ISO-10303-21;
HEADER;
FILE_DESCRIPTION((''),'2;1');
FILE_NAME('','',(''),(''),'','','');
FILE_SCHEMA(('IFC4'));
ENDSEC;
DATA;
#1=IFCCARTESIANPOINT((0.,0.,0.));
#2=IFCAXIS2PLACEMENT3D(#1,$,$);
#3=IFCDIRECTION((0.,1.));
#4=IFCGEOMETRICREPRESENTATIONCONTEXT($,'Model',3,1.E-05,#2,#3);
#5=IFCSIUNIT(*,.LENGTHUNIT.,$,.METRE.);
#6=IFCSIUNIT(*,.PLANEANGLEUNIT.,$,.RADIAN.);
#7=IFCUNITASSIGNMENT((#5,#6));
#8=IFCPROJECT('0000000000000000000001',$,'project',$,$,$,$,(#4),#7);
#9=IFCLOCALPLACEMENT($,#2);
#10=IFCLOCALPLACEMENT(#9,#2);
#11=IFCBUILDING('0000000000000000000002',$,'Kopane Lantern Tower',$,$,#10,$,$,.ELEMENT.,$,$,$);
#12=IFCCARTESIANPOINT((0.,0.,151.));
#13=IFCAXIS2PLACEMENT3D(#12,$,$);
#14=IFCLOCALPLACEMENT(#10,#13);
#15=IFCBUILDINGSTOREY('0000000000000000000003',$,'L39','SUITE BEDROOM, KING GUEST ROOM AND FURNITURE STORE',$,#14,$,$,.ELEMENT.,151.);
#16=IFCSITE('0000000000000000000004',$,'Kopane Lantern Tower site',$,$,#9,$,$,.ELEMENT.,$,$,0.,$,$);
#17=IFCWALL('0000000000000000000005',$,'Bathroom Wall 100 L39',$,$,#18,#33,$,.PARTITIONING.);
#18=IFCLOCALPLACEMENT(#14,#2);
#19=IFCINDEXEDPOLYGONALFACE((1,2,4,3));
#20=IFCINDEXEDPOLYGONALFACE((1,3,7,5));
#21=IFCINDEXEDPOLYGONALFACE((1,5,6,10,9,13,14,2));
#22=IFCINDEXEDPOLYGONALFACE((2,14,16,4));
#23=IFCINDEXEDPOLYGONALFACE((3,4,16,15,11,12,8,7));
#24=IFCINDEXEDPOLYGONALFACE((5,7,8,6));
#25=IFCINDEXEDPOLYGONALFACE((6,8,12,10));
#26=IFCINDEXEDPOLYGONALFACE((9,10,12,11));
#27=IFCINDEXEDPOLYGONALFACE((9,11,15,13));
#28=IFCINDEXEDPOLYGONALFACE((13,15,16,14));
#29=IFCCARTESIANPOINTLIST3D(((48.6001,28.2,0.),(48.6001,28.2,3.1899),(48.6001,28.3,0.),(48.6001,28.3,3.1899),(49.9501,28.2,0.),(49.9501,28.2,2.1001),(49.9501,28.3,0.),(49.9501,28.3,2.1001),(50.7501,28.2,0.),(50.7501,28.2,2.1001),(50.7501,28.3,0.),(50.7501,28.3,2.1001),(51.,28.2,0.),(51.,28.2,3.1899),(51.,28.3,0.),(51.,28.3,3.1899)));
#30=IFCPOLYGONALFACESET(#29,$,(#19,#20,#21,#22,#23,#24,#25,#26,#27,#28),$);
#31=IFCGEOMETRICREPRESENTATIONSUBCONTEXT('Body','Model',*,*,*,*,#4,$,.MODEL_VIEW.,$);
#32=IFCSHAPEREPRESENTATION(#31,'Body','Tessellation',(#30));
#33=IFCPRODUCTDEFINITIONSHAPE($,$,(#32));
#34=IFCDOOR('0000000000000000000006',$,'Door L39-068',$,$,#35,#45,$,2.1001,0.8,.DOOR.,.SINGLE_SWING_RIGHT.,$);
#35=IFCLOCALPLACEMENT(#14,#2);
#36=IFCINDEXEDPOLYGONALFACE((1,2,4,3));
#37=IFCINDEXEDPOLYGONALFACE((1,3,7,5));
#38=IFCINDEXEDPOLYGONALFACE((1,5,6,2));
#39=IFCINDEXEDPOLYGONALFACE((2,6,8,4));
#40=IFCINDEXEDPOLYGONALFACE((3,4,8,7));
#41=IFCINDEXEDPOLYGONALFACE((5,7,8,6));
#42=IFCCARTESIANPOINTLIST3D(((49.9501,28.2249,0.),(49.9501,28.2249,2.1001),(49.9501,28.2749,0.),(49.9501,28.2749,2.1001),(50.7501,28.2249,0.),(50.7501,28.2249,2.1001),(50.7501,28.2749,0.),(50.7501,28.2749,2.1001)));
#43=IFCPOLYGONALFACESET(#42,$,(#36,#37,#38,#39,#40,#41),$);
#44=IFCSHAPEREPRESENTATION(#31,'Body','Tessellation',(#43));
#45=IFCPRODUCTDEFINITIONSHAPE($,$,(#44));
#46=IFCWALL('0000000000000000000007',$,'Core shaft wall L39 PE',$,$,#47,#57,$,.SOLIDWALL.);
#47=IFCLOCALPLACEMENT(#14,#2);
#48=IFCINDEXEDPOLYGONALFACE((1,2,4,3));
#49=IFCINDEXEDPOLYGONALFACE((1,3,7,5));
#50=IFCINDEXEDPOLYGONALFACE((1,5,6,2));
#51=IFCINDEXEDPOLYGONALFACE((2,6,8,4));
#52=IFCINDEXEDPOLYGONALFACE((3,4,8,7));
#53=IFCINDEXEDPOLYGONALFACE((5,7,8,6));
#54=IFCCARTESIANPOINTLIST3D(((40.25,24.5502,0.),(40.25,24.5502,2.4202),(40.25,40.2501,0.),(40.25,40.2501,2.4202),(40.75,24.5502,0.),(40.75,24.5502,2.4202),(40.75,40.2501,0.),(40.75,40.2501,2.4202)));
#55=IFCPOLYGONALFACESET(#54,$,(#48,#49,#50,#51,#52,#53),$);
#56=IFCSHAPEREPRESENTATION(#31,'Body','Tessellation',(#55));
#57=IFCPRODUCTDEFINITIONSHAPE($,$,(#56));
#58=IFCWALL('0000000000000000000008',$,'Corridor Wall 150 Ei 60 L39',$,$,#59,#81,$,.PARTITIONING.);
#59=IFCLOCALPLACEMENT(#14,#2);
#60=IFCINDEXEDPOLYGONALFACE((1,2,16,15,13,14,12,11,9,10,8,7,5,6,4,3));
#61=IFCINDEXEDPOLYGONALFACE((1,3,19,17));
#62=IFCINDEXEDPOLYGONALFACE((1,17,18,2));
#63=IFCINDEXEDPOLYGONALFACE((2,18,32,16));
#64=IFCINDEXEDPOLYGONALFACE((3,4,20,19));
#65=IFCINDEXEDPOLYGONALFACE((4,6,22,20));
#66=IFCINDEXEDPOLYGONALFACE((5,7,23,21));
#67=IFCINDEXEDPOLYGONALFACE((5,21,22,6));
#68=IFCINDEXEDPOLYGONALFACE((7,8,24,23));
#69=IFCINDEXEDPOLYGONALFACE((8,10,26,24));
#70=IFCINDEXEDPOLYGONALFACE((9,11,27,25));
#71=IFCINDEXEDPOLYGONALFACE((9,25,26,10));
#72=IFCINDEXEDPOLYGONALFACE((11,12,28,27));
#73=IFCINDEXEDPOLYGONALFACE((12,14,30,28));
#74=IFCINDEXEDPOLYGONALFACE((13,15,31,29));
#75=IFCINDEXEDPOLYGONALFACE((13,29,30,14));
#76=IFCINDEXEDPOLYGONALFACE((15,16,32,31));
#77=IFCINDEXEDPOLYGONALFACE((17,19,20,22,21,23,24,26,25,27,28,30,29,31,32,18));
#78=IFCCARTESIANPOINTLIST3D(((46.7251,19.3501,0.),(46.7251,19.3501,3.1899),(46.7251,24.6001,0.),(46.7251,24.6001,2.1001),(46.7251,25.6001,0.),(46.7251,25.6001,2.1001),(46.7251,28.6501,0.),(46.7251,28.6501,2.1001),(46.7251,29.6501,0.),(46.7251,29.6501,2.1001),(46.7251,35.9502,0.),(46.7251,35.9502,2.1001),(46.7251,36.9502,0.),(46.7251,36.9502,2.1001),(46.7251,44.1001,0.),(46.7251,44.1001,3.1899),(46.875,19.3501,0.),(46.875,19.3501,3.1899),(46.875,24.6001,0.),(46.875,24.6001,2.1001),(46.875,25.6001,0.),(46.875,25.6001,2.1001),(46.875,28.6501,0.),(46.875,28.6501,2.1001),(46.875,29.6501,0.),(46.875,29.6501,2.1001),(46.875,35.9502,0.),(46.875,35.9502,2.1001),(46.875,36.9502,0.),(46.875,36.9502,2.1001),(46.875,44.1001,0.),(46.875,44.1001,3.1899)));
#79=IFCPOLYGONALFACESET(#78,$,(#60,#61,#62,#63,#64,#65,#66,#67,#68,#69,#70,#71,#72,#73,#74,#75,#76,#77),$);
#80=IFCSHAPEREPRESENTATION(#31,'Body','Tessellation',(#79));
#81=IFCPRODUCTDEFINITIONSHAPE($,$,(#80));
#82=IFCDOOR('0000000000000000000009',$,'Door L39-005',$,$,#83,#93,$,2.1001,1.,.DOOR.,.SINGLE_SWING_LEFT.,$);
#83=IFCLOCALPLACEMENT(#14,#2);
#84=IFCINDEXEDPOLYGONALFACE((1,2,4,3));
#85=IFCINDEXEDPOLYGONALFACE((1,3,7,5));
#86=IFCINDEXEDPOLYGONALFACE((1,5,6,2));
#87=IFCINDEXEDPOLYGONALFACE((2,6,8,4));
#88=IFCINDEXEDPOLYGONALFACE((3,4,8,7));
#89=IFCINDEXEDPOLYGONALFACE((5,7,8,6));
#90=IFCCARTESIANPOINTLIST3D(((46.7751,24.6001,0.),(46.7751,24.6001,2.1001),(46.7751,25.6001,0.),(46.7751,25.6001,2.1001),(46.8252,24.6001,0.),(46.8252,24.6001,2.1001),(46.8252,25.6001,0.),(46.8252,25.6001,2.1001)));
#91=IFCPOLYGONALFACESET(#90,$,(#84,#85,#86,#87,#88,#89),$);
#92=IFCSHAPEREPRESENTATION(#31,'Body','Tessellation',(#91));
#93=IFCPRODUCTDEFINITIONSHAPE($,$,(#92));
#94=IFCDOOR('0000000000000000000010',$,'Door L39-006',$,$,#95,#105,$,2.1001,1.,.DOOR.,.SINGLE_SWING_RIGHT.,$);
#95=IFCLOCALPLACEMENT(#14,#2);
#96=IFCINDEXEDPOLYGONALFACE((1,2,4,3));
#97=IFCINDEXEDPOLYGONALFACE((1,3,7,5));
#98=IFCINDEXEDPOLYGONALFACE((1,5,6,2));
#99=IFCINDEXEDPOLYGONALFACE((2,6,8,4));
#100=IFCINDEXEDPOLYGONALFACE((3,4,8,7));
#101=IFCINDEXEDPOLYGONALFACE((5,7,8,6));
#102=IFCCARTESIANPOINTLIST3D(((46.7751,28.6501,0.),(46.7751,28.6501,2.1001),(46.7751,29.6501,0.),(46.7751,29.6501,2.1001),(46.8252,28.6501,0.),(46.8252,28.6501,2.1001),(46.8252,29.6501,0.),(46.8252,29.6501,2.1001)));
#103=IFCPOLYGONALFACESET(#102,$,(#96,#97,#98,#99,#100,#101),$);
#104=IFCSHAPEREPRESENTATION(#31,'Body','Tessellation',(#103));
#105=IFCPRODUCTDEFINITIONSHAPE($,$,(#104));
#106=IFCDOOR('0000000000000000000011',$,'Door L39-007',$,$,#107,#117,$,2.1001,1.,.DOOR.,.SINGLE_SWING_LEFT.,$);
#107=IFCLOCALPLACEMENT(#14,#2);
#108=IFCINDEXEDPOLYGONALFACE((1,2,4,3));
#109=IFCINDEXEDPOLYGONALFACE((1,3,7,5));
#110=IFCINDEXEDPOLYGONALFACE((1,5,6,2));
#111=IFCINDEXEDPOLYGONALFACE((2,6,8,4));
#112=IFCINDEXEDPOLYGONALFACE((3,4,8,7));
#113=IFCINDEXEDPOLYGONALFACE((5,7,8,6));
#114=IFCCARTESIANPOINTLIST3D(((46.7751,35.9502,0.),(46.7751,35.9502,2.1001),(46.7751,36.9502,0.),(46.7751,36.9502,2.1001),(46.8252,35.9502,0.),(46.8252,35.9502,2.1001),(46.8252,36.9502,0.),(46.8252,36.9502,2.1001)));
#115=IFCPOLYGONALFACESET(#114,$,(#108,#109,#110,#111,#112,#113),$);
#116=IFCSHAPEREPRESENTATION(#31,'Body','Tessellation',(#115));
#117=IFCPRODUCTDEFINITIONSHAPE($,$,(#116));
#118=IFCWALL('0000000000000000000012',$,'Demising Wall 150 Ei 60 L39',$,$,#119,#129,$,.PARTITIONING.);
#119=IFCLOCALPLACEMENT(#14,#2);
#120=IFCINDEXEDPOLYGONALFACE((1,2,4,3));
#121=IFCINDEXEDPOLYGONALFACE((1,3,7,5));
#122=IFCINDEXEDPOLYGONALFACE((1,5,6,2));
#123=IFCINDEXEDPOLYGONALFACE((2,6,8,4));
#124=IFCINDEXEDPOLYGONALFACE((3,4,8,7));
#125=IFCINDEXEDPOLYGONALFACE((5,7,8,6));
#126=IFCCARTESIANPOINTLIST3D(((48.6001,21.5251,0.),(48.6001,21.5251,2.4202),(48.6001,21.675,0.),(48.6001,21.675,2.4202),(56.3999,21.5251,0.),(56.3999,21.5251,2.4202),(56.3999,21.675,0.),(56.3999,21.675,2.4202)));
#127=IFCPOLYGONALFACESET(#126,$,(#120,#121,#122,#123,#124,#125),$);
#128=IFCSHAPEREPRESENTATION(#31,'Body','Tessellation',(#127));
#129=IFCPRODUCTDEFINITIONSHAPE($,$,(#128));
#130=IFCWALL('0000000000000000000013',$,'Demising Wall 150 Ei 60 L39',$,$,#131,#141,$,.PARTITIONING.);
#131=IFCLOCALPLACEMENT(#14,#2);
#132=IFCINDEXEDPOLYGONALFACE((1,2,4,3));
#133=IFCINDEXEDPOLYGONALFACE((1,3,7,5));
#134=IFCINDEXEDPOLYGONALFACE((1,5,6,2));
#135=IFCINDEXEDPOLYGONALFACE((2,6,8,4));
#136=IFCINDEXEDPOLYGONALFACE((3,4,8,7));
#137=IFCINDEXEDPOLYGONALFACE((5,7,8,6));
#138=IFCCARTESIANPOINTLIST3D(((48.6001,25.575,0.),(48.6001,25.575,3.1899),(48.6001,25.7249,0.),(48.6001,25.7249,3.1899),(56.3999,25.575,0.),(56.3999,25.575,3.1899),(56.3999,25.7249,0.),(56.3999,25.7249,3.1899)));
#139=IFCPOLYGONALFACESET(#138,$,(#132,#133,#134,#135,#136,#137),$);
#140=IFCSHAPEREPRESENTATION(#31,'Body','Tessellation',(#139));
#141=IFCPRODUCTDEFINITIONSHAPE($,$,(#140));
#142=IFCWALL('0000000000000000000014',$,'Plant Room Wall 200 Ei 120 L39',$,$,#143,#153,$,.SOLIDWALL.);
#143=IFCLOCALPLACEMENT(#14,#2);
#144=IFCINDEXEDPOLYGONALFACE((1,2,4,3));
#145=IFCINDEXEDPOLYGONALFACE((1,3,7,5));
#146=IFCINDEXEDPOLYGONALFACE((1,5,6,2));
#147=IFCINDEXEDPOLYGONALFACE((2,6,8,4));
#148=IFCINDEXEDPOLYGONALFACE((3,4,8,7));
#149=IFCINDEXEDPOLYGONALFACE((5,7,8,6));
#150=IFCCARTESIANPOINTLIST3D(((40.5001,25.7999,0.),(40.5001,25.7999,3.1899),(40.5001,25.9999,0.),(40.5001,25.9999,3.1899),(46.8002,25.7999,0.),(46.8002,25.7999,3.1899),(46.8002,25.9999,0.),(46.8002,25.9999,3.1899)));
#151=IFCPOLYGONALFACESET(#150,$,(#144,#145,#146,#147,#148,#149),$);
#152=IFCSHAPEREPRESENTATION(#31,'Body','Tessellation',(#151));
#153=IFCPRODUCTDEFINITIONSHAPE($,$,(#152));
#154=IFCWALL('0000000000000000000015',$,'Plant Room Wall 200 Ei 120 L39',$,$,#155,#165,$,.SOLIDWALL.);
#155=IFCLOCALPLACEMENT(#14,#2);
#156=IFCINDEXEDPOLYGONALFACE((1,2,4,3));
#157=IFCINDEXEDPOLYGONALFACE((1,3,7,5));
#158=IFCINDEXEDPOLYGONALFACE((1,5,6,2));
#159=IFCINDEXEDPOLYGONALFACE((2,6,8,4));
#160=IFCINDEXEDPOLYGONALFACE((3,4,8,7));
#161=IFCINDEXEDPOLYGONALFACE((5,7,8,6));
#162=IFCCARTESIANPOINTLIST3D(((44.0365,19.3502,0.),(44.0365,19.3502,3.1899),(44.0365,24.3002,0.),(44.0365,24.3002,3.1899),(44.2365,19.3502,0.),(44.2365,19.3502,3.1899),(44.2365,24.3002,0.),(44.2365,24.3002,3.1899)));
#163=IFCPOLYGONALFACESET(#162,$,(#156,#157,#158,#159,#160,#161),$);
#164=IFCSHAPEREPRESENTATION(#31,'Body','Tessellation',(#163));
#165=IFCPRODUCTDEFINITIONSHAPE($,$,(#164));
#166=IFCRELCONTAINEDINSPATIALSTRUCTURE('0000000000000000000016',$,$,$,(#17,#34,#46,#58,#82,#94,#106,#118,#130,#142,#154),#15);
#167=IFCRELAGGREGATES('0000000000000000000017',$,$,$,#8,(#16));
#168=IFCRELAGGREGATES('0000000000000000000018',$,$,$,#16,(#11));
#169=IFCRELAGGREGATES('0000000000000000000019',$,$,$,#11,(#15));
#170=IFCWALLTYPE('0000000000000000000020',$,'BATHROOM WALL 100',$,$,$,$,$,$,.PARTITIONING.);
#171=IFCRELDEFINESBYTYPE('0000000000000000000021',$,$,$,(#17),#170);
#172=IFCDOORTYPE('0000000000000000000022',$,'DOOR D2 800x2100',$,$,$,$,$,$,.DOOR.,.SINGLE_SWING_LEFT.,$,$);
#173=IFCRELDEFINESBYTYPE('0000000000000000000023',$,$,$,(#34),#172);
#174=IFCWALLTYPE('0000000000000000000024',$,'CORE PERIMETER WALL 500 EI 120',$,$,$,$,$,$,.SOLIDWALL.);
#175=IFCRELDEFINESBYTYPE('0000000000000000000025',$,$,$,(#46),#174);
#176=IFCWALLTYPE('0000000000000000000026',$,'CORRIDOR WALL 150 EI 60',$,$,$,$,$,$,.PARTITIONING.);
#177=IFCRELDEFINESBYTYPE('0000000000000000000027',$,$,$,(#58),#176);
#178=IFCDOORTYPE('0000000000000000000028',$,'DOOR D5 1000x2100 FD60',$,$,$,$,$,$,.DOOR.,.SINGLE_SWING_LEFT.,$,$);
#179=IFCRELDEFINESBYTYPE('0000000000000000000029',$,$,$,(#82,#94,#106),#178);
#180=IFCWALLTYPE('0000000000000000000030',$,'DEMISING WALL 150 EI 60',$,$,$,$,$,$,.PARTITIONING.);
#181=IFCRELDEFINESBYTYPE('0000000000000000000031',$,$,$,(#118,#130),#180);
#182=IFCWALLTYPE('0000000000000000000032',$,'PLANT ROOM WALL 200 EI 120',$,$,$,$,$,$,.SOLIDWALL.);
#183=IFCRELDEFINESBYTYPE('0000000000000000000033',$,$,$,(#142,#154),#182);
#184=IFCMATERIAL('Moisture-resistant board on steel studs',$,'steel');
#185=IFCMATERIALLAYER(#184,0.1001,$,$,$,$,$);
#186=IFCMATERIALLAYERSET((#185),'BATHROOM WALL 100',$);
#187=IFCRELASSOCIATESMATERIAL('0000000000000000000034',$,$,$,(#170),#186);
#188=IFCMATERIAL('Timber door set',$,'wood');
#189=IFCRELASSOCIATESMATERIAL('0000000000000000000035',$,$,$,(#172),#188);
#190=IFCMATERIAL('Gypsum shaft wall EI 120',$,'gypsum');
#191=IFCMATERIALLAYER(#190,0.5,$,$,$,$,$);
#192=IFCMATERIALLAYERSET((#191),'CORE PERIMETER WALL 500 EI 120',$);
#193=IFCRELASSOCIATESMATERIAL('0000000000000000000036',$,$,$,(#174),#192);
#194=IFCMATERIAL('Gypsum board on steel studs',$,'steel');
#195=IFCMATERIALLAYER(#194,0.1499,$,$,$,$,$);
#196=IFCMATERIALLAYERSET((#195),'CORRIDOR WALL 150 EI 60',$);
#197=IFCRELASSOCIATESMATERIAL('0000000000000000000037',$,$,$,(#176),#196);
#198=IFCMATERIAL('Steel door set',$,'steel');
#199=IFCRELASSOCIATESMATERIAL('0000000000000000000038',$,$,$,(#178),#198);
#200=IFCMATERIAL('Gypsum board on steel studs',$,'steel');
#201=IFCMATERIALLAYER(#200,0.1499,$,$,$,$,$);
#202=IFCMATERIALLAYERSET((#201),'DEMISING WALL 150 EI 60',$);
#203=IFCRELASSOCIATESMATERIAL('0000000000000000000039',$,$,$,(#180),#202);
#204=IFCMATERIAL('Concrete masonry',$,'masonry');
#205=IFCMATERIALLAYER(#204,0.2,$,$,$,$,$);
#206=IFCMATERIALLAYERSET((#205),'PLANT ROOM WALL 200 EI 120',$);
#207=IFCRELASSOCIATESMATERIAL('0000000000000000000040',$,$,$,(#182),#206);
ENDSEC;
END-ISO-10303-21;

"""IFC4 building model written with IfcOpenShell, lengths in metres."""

from ifc_helpers import new_model, si_unit, direction, frame, frame_2d, origin, place, context, subcontext, project, spatial, rectangle, extrude, material, layer, layer_set, type_object, element, fill, save


model = new_model("IFC4")

# Units and contexts
model_context = context("Model", 3, precision=1e-05, world=origin(), true_north=direction((0.0, 1.0)))
body_context = subcontext(model_context, "Body", "Model", "MODEL_VIEW")
ifc_project = project(units=[si_unit("LENGTHUNIT", "METRE"), si_unit("PLANEANGLEUNIT", "RADIAN")], contexts=[model_context])

# Site, building, storey
site_placement = place(None, origin())
site = spatial("IfcSite", under=ifc_project, at=site_placement, Name="Kopane Lantern Tower site", CompositionType="ELEMENT", RefElevation=0.0)
building_placement = place(site_placement, origin())
building = spatial("IfcBuilding", under=site, at=building_placement, Name="Kopane Lantern Tower", CompositionType="ELEMENT")
storey_placement = place(building_placement, frame((0.0, 0.0, 151.0)))
storey = spatial("IfcBuildingStorey", under=building, at=storey_placement, Name="L39", Description="SUITE BEDROOM, KING GUEST ROOM AND FURNITURE STORE", CompositionType="ELEMENT", Elevation=151.0)

# Shared definitions
ifc_material_1 = material(Name="Moisture-resistant board on steel studs", Category="steel")
ifc_layer_1 = layer(ifc_material_1, 0.1001)
ifc_layer_set_1 = layer_set([ifc_layer_1], Name="BATHROOM WALL 100")
wall_type_1 = type_object("IfcWallType", Name="BATHROOM WALL 100", PredefinedType="PARTITIONING", material=ifc_layer_set_1)

# Shared definitions
ifc_material_2 = material(Name="Timber door set", Category="wood")
door_type_1 = type_object("IfcDoorType", Name="DOOR D2 800x2100", OperationType="SINGLE_SWING_LEFT", PredefinedType="DOOR", material=ifc_material_2)

# Wall, opening, door
wall_1_placement = place(storey_placement, frame((48.6001, 28.25, 0.0), z_axis=(0.0, 0.0, 1.0), x_axis=(1.0, 0.0, 0.0)))
wall_1 = element("IfcWall", 1, at=wall_1_placement, inside=storey, type_object=wall_type_1, Name="Bathroom Wall 100 L39", PredefinedType="PARTITIONING", context=body_context, shape_type="SweptSolid", body=[
    extrude(rectangle(XDim=2.3999, YDim=0.1001, at=frame_2d((1.2, 0.0))), origin(), (0.0, 0.0, 1.0), 3.1899),
])
opening_1_placement = place(wall_1_placement, frame((1.3501, 0.0, 0.0)))
opening_1 = element("IfcOpeningElement", 2, at=opening_1_placement, cuts=wall_1, PredefinedType="OPENING", context=body_context, shape_type="SweptSolid", body=[
    extrude(rectangle(XDim=0.8, YDim=2.1001, at=frame_2d((0.3999, 1.05))), frame((0.0, 0.0601, 0.0), z_axis=(0.0, -1.0, 0.0), x_axis=(1.0, 0.0, 0.0)), (0.0, 0.0, 1.0), 0.1201),
])
door_1_placement = place(opening_1_placement, origin())
door_1 = element("IfcDoor", 3, at=door_1_placement, inside=storey, type_object=door_type_1, Name="Door L39-068", OperationType="SINGLE_SWING_RIGHT", OverallHeight=2.1001, OverallWidth=0.8, PredefinedType="DOOR", context=body_context, shape_type="SweptSolid", body=[
    extrude(rectangle(XDim=0.8, YDim=2.1001, at=frame_2d((0.3999, 1.05))), frame((0.0, 0.0249, 0.0), z_axis=(0.0, -1.0, 0.0), x_axis=(1.0, 0.0, 0.0)), (0.0, 0.0, 1.0), 0.05),
])
fill(opening_1, door_1)

# Wall
ifc_material_3 = material(Name="Gypsum shaft wall EI 120", Category="gypsum")
ifc_layer_2 = layer(ifc_material_3, 0.5)
ifc_layer_set_2 = layer_set([ifc_layer_2], Name="CORE PERIMETER WALL 500 EI 120")
wall_type_2 = type_object("IfcWallType", Name="CORE PERIMETER WALL 500 EI 120", PredefinedType="SOLIDWALL", material=ifc_layer_set_2)
wall_2_placement = place(storey_placement, frame((40.5, 24.55, 0.0), z_axis=(0.0, 0.0, 1.0), x_axis=(0.0, 1.0, 0.0)))
element("IfcWall", 4, at=wall_2_placement, inside=storey, type_object=wall_type_2, Name="Core shaft wall L39 PE", PredefinedType="SOLIDWALL", context=body_context, shape_type="SweptSolid", body=[
    extrude(rectangle(XDim=15.7, YDim=0.5, at=frame_2d((7.8501, 0.0))), origin(), (0.0, 0.0, 1.0), 2.4202),
])

# Wall, openings, doors
ifc_material_4 = material(Name="Gypsum board on steel studs", Category="steel")
ifc_layer_3 = layer(ifc_material_4, 0.1499)
ifc_layer_set_3 = layer_set([ifc_layer_3], Name="CORRIDOR WALL 150 EI 60")
wall_type_3 = type_object("IfcWallType", Name="CORRIDOR WALL 150 EI 60", PredefinedType="PARTITIONING", material=ifc_layer_set_3)
wall_3_placement = place(storey_placement, frame((46.8, 19.3501, 0.0), z_axis=(0.0, 0.0, 1.0), x_axis=(0.0, 1.0, 0.0)))
wall_3 = element("IfcWall", 5, at=wall_3_placement, inside=storey, type_object=wall_type_3, Name="Corridor Wall 150 Ei 60 L39", PredefinedType="PARTITIONING", context=body_context, shape_type="SweptSolid", body=[
    extrude(rectangle(XDim=24.75, YDim=0.1499, at=frame_2d((12.375, 0.0))), origin(), (0.0, 0.0, 1.0), 3.1899),
])
opening_2_placement = place(wall_3_placement, frame((5.25, 0.0, 0.0)))
opening_2 = element("IfcOpeningElement", 6, at=opening_2_placement, cuts=wall_3, PredefinedType="OPENING", context=body_context, shape_type="SweptSolid", body=[
    extrude(rectangle(XDim=1.0, YDim=2.1001, at=frame_2d((0.5, 1.05))), frame((0.0, 0.085, 0.0), z_axis=(0.0, -1.0, 0.0), x_axis=(1.0, 0.0, 0.0)), (0.0, 0.0, 1.0), 0.1699),
])
opening_3_placement = place(wall_3_placement, frame((9.3, 0.0, 0.0)))
opening_3 = element("IfcOpeningElement", 7, at=opening_3_placement, cuts=wall_3, PredefinedType="OPENING", context=body_context, shape_type="SweptSolid", body=[
    extrude(rectangle(XDim=1.0, YDim=2.1001, at=frame_2d((0.5, 1.05))), frame((0.0, 0.085, 0.0), z_axis=(0.0, -1.0, 0.0), x_axis=(1.0, 0.0, 0.0)), (0.0, 0.0, 1.0), 0.1699),
])
opening_4_placement = place(wall_3_placement, frame((16.6001, 0.0, 0.0)))
opening_4 = element("IfcOpeningElement", 8, at=opening_4_placement, cuts=wall_3, PredefinedType="OPENING", context=body_context, shape_type="SweptSolid", body=[
    extrude(rectangle(XDim=1.0, YDim=2.1001, at=frame_2d((0.5, 1.05))), frame((0.0, 0.085, 0.0), z_axis=(0.0, -1.0, 0.0), x_axis=(1.0, 0.0, 0.0)), (0.0, 0.0, 1.0), 0.1699),
])
ifc_material_5 = material(Name="Steel door set", Category="steel")
door_type_2 = type_object("IfcDoorType", Name="DOOR D5 1000x2100 FD60", OperationType="SINGLE_SWING_LEFT", PredefinedType="DOOR", material=ifc_material_5)
door_2_placement = place(opening_2_placement, origin())
door_2 = element("IfcDoor", 9, at=door_2_placement, inside=storey, type_object=door_type_2, Name="Door L39-005", OperationType="SINGLE_SWING_LEFT", OverallHeight=2.1001, OverallWidth=1.0, PredefinedType="DOOR", context=body_context, shape_type="SweptSolid", body=[
    extrude(rectangle(XDim=1.0, YDim=2.1001, at=frame_2d((0.5, 1.05))), frame((0.0, 0.0249, 0.0), z_axis=(0.0, -1.0, 0.0), x_axis=(1.0, 0.0, 0.0)), (0.0, 0.0, 1.0), 0.05),
])
fill(opening_2, door_2)
door_3_placement = place(opening_3_placement, origin())
door_3 = element("IfcDoor", 10, at=door_3_placement, inside=storey, type_object=door_type_2, Name="Door L39-006", OperationType="SINGLE_SWING_RIGHT", OverallHeight=2.1001, OverallWidth=1.0, PredefinedType="DOOR", context=body_context, shape_type="SweptSolid", body=[
    extrude(rectangle(XDim=1.0, YDim=2.1001, at=frame_2d((0.5, 1.05))), frame((0.0, 0.0249, 0.0), z_axis=(0.0, -1.0, 0.0), x_axis=(1.0, 0.0, 0.0)), (0.0, 0.0, 1.0), 0.05),
])
fill(opening_3, door_3)
door_4_placement = place(opening_4_placement, origin())
door_4 = element("IfcDoor", 11, at=door_4_placement, inside=storey, type_object=door_type_2, Name="Door L39-007", OperationType="SINGLE_SWING_LEFT", OverallHeight=2.1001, OverallWidth=1.0, PredefinedType="DOOR", context=body_context, shape_type="SweptSolid", body=[
    extrude(rectangle(XDim=1.0, YDim=2.1001, at=frame_2d((0.5, 1.05))), frame((0.0, 0.0249, 0.0), z_axis=(0.0, -1.0, 0.0), x_axis=(1.0, 0.0, 0.0)), (0.0, 0.0, 1.0), 0.05),
])
fill(opening_4, door_4)

# Walls
ifc_material_6 = material(Name="Gypsum board on steel studs", Category="steel")
ifc_layer_4 = layer(ifc_material_6, 0.1499)
ifc_layer_set_4 = layer_set([ifc_layer_4], Name="DEMISING WALL 150 EI 60")
wall_type_4 = type_object("IfcWallType", Name="DEMISING WALL 150 EI 60", PredefinedType="PARTITIONING", material=ifc_layer_set_4)
wall_4_placement = place(storey_placement, frame((48.6001, 21.6001, 0.0), z_axis=(0.0, 0.0, 1.0), x_axis=(1.0, 0.0, 0.0)))
element("IfcWall", 12, at=wall_4_placement, inside=storey, type_object=wall_type_4, Name="Demising Wall 150 Ei 60 L39", PredefinedType="PARTITIONING", context=body_context, shape_type="SweptSolid", body=[
    extrude(rectangle(XDim=7.7998, YDim=0.1499, at=frame_2d((3.8999, 0.0))), origin(), (0.0, 0.0, 1.0), 2.4202),
])
wall_5_placement = place(storey_placement, frame((48.6001, 25.6499, 0.0), z_axis=(0.0, 0.0, 1.0), x_axis=(1.0, 0.0, 0.0)))
element("IfcWall", 13, at=wall_5_placement, inside=storey, type_object=wall_type_4, Name="Demising Wall 150 Ei 60 L39", PredefinedType="PARTITIONING", context=body_context, shape_type="SweptSolid", body=[
    extrude(rectangle(XDim=7.7998, YDim=0.1499, at=frame_2d((3.8999, 0.0))), origin(), (0.0, 0.0, 1.0), 3.1899),
])
ifc_material_7 = material(Name="Concrete masonry", Category="masonry")
ifc_layer_5 = layer(ifc_material_7, 0.2)
ifc_layer_set_5 = layer_set([ifc_layer_5], Name="PLANT ROOM WALL 200 EI 120")
wall_type_5 = type_object("IfcWallType", Name="PLANT ROOM WALL 200 EI 120", PredefinedType="SOLIDWALL", material=ifc_layer_set_5)
wall_6_placement = place(storey_placement, frame((46.8, 25.8999, 0.0), z_axis=(0.0, 0.0, 1.0), x_axis=(-1.0, 0.0, 0.0)))
element("IfcWall", 14, at=wall_6_placement, inside=storey, type_object=wall_type_5, Name="Plant Room Wall 200 Ei 120 L39", PredefinedType="SOLIDWALL", context=body_context, shape_type="SweptSolid", body=[
    extrude(rectangle(XDim=6.3, YDim=0.2, at=frame_2d((3.1499, 0.0))), origin(), (0.0, 0.0, 1.0), 3.1899),
])
wall_7_placement = place(storey_placement, frame((44.1365, 19.3501, 0.0), z_axis=(0.0, 0.0, 1.0), x_axis=(0.0, 1.0, 0.0)))
element("IfcWall", 15, at=wall_7_placement, inside=storey, type_object=wall_type_5, Name="Plant Room Wall 200 Ei 120 L39", PredefinedType="SOLIDWALL", context=body_context, shape_type="SweptSolid", body=[
    extrude(rectangle(XDim=4.95, YDim=0.2, at=frame_2d((2.4751, 0.0))), origin(), (0.0, 0.0, 1.0), 3.1899),
])

save(model, "model.ifc")
